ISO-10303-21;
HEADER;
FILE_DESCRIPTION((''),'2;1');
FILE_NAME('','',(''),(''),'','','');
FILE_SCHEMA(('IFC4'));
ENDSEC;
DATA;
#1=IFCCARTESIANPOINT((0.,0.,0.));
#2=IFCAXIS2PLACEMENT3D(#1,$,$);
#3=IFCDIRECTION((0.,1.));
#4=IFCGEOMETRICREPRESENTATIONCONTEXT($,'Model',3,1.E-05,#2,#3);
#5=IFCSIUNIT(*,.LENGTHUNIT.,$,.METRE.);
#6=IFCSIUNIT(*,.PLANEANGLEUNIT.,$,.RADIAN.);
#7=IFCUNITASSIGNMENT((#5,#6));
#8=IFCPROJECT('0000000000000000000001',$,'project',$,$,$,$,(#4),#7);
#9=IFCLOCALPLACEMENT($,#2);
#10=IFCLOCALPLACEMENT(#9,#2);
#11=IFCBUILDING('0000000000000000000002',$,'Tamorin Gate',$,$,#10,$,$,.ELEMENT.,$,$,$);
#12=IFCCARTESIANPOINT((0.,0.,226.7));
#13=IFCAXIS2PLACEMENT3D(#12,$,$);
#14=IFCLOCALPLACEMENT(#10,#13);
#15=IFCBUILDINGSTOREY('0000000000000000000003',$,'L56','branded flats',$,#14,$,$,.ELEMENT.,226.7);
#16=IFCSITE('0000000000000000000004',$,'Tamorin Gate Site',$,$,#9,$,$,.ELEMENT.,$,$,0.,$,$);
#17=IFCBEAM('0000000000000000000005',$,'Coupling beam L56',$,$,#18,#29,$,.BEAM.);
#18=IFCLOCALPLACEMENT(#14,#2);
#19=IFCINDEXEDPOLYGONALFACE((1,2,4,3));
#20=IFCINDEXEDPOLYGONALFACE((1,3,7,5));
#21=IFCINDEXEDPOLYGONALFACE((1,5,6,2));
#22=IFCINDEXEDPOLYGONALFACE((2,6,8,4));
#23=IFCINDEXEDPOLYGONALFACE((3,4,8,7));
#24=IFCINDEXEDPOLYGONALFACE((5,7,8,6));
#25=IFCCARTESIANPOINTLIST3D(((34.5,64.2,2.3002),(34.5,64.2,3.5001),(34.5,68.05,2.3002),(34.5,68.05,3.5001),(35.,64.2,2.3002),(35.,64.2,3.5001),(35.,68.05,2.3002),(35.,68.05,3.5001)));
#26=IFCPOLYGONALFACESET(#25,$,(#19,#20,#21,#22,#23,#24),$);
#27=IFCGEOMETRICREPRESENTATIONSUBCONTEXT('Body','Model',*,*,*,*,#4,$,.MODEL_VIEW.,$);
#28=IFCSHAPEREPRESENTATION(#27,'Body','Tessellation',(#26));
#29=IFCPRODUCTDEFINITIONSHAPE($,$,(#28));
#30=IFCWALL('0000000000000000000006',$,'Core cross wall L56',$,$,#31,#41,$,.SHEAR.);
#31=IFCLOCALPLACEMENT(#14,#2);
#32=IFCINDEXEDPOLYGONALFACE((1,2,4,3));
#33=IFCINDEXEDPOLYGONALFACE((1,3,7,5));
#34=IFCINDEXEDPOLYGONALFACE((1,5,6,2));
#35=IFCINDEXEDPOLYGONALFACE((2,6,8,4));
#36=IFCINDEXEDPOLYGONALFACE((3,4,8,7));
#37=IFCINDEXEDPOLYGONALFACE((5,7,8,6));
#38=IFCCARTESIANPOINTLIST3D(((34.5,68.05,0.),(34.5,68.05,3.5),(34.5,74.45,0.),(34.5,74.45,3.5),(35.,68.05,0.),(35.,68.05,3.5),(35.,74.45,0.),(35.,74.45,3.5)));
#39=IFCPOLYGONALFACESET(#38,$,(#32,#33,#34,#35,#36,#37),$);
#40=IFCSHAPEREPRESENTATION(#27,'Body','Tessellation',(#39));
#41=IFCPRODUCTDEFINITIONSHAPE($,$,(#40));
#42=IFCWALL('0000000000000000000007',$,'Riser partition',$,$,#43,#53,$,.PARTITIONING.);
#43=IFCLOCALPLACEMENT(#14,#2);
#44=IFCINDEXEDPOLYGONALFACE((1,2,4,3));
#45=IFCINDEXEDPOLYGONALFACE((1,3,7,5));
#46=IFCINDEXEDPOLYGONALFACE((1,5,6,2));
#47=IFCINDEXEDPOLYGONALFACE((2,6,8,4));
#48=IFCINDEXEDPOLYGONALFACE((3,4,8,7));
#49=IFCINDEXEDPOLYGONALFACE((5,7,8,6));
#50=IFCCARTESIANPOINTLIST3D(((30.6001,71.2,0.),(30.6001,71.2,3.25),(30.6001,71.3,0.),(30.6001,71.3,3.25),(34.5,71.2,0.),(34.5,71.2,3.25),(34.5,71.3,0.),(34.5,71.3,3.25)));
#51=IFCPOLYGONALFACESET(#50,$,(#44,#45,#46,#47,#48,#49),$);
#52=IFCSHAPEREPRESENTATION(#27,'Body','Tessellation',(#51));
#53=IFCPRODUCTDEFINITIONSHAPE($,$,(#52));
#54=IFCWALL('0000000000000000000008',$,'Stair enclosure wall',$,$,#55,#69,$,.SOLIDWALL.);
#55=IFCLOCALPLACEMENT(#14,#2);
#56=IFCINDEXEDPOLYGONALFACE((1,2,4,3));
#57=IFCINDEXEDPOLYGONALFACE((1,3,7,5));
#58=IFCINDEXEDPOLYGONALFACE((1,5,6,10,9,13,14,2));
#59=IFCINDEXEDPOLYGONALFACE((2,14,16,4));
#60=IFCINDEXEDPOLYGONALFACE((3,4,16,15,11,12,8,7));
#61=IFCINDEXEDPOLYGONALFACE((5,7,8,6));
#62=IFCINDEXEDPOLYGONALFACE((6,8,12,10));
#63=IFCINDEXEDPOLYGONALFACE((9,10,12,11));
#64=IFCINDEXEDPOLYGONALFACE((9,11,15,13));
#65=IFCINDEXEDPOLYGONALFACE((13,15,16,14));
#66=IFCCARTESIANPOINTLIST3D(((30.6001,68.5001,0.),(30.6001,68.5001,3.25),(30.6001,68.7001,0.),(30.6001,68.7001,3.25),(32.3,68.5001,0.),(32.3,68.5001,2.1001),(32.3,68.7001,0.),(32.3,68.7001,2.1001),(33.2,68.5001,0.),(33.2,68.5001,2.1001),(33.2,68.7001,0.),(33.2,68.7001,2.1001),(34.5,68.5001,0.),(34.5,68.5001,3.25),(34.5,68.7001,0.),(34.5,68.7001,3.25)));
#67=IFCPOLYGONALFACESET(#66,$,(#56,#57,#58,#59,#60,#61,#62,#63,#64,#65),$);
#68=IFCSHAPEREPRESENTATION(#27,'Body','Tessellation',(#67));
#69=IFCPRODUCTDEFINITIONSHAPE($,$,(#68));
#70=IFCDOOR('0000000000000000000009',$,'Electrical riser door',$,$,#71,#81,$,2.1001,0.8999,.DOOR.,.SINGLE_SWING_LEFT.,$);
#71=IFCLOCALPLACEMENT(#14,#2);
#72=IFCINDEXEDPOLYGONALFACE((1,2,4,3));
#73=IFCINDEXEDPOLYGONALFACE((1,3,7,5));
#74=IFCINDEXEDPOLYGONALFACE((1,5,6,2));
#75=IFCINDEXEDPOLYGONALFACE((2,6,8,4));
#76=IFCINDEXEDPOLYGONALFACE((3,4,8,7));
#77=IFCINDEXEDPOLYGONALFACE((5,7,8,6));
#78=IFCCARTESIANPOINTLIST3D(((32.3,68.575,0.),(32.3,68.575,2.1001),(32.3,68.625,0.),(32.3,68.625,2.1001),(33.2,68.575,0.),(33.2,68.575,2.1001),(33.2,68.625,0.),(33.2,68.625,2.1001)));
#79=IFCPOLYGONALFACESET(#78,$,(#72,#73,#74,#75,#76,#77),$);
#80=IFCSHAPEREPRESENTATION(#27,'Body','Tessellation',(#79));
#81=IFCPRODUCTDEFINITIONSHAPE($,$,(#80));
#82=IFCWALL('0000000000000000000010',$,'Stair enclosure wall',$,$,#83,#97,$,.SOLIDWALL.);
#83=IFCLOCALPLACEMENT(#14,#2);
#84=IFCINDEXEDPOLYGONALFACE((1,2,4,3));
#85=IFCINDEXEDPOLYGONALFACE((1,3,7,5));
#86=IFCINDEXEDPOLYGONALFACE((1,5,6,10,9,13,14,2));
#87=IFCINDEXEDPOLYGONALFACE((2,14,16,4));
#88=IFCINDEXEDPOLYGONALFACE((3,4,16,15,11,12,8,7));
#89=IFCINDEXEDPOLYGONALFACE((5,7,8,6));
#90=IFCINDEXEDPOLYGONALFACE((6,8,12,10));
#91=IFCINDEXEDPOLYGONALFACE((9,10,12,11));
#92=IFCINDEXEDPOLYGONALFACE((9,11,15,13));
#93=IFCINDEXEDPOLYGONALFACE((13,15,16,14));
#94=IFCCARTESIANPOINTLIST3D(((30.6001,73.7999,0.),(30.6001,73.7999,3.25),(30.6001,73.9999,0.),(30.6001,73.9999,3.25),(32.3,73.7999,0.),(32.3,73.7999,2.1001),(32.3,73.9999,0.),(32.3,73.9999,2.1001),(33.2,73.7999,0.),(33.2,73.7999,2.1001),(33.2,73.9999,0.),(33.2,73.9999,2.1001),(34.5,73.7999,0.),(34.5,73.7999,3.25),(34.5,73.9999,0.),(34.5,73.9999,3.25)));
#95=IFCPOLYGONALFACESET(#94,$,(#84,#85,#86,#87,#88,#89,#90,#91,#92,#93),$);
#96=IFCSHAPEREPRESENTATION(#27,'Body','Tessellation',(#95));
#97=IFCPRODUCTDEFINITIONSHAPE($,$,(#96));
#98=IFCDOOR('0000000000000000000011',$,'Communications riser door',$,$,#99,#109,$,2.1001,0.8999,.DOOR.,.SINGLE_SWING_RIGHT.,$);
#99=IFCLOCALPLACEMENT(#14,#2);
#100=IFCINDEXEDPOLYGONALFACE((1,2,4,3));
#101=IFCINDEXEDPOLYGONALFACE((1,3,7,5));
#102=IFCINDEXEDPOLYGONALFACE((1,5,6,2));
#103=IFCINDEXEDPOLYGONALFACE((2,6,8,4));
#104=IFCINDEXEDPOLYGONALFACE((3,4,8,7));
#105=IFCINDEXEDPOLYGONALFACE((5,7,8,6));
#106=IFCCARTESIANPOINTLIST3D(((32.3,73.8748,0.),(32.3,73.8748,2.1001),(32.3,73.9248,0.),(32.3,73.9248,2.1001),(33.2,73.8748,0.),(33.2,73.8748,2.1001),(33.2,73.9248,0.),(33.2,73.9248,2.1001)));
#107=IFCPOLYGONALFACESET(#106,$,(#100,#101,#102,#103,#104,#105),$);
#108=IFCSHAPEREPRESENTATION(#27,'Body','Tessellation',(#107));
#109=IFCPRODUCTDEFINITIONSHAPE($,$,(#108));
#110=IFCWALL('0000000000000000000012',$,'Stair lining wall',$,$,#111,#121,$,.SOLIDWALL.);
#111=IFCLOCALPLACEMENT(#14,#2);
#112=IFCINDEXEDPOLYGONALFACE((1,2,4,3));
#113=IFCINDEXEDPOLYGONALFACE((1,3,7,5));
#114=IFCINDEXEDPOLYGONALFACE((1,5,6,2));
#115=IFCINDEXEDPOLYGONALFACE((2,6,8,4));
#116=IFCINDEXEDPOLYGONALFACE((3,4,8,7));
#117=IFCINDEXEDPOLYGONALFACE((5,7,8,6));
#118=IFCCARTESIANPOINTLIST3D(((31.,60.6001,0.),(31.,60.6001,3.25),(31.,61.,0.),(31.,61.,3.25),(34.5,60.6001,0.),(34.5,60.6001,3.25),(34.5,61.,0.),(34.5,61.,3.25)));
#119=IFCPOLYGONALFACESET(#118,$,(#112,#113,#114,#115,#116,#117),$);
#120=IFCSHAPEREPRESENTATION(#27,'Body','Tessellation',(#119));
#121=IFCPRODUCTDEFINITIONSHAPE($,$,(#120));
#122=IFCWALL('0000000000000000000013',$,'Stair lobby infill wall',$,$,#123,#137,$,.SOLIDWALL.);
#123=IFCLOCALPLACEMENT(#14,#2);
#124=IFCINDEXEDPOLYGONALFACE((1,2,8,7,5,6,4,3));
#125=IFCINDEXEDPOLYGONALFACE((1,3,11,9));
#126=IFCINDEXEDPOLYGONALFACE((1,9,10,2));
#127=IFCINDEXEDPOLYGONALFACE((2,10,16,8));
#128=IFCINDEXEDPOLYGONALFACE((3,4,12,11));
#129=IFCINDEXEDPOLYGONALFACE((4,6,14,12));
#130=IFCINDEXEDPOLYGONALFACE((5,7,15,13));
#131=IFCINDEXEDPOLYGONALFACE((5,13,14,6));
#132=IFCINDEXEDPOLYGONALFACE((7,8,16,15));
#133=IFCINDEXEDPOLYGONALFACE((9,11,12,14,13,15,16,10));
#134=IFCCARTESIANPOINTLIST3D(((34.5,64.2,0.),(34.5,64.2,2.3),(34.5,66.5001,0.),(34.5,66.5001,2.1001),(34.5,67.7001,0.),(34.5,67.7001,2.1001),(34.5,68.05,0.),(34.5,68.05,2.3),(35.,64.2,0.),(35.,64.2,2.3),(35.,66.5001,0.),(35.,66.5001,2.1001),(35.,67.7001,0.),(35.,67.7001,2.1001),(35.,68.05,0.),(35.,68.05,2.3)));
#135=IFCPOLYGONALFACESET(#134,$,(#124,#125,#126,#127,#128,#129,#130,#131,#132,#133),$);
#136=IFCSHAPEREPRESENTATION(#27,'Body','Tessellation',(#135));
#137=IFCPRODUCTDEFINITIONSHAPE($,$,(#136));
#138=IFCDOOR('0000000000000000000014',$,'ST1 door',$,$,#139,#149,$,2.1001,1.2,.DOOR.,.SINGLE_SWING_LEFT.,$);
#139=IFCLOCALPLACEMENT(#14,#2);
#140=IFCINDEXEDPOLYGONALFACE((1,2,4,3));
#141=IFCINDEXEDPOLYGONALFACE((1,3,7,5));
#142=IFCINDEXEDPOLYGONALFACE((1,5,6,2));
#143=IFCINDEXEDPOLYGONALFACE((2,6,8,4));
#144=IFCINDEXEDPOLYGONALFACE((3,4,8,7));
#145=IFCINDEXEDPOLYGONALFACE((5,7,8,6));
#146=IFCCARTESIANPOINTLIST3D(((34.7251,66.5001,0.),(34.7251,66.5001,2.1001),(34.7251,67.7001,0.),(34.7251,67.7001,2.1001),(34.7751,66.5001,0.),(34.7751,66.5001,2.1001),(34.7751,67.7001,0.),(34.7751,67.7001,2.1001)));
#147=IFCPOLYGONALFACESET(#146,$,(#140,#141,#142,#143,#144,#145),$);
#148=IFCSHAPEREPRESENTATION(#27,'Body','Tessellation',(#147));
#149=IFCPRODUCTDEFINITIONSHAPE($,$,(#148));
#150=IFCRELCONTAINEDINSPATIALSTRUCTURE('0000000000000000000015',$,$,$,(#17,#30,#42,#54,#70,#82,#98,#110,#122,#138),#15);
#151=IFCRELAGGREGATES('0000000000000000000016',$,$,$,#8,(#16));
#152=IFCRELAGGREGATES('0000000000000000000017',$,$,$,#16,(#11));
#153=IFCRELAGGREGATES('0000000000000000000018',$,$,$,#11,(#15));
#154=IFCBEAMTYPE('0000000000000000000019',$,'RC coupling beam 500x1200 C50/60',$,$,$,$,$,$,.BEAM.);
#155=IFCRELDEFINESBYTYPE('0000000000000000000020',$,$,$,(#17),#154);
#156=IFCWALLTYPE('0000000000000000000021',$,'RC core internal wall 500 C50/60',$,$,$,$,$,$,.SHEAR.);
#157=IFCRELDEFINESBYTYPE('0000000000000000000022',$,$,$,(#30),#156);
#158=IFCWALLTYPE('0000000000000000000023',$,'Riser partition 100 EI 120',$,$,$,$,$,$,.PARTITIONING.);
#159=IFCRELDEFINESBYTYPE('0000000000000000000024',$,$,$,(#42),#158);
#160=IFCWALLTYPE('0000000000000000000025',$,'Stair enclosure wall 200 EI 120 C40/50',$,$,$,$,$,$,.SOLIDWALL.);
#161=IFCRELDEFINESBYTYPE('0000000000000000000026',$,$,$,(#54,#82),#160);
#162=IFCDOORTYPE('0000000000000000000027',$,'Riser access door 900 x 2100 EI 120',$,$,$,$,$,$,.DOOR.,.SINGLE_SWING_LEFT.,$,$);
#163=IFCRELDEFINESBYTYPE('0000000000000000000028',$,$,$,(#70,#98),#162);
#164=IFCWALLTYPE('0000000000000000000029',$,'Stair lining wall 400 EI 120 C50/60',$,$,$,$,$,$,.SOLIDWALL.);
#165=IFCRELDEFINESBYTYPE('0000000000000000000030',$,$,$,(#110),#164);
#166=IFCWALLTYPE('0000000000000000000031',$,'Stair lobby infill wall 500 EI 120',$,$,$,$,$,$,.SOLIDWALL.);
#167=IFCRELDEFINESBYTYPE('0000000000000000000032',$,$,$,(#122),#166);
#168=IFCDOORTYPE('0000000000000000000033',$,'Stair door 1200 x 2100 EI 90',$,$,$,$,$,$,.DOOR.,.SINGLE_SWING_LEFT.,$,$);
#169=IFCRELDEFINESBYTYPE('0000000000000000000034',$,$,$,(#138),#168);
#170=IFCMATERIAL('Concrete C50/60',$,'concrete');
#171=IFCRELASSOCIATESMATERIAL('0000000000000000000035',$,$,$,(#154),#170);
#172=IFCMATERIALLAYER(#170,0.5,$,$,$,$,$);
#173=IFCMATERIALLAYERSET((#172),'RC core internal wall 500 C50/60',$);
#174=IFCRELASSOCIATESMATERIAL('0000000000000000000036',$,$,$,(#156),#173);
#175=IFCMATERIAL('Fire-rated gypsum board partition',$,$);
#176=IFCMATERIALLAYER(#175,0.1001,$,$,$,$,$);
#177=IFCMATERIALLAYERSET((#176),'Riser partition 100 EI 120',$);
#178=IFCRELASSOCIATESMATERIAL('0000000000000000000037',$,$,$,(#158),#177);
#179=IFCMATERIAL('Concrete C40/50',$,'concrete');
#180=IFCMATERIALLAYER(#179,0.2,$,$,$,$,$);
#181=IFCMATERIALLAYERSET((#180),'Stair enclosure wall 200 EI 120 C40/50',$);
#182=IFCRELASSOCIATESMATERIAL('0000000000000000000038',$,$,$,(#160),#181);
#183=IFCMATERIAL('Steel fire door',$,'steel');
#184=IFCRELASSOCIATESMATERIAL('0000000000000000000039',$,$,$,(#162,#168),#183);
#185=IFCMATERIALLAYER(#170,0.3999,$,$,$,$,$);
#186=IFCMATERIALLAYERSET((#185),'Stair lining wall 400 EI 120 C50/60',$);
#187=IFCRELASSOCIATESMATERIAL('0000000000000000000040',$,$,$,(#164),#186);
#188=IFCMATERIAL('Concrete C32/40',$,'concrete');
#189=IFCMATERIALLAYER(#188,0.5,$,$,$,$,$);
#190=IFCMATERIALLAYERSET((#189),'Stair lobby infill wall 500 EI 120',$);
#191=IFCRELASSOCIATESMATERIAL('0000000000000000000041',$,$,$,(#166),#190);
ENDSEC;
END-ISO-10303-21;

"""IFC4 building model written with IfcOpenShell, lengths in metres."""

from ifc_helpers import new_model, si_unit, direction, frame, frame_2d, origin, origin_2d, place, context, subcontext, project, spatial, rectangle, extrude, material, layer, layer_set, material_profile, profile_set, type_object, element, fill, save


model = new_model("IFC4")

# Units and contexts
model_context = context("Model", 3, precision=1e-05, world=origin(), true_north=direction((0.0, 1.0)))
body_context = subcontext(model_context, "Body", "Model", "MODEL_VIEW")
ifc_project = project(units=[si_unit("LENGTHUNIT", "METRE"), si_unit("PLANEANGLEUNIT", "RADIAN")], contexts=[model_context])

# Site, building, storey
site_placement = place(None, origin())
site = spatial("IfcSite", under=ifc_project, at=site_placement, Name="Tamorin Gate Site", CompositionType="ELEMENT", RefElevation=0.0)
building_placement = place(site_placement, origin())
building = spatial("IfcBuilding", under=site, at=building_placement, Name="Tamorin Gate", CompositionType="ELEMENT")
storey_placement = place(building_placement, frame((0.0, 0.0, 226.7)))
storey = spatial("IfcBuildingStorey", under=building, at=storey_placement, Name="L56", Description="branded flats", CompositionType="ELEMENT", Elevation=226.7)

# Beam
ifc_material_1 = material(Name="Concrete C50/60", Category="concrete")
ifc_material_profile = material_profile(ifc_material_1, rectangle(XDim=0.5, YDim=1.2, at=origin_2d()), Name="RC 500x1200")
ifc_profile_set = profile_set([ifc_material_profile], Name="Concrete C50/60")
beam_type = type_object("IfcBeamType", Name="RC coupling beam 500x1200 C50/60", PredefinedType="BEAM", material=ifc_profile_set)
beam_placement = place(storey_placement, frame((34.75, 64.2, 2.9001), z_axis=(0.0, 1.0, 0.0), x_axis=(-1.0, 0.0, 0.0)))
element("IfcBeam", 1, at=beam_placement, inside=storey, type_object=beam_type, Name="Coupling beam L56", PredefinedType="BEAM", context=body_context, shape_type="SweptSolid", body=[
    extrude(rectangle(XDim=0.5, YDim=1.2, at=origin_2d()), origin(), (0.0, 0.0, 1.0), 3.8501),
])

# Walls
ifc_layer_1 = layer(ifc_material_1, 0.5)
ifc_layer_set_1 = layer_set([ifc_layer_1], Name="RC core internal wall 500 C50/60")
wall_type_1 = type_object("IfcWallType", Name="RC core internal wall 500 C50/60", PredefinedType="SHEAR", material=ifc_layer_set_1)
wall_1_placement = place(storey_placement, frame((34.75, 68.05, 0.0), z_axis=(0.0, 0.0, 1.0), x_axis=(0.0, 1.0, 0.0)))
element("IfcWall", 2, at=wall_1_placement, inside=storey, type_object=wall_type_1, Name="Core cross wall L56", PredefinedType="SHEAR", context=body_context, shape_type="SweptSolid", body=[
    extrude(rectangle(XDim=6.3999, YDim=0.5, at=frame_2d((3.2, 0.0))), origin(), (0.0, 0.0, 1.0), 3.5),
])
ifc_material_2 = material(Name="Fire-rated gypsum board partition")
ifc_layer_2 = layer(ifc_material_2, 0.1001)
ifc_layer_set_2 = layer_set([ifc_layer_2], Name="Riser partition 100 EI 120")
wall_type_2 = type_object("IfcWallType", Name="Riser partition 100 EI 120", PredefinedType="PARTITIONING", material=ifc_layer_set_2)
wall_2_placement = place(storey_placement, frame((30.6001, 71.25, 0.0), z_axis=(0.0, 0.0, 1.0), x_axis=(1.0, 0.0, 0.0)))
element("IfcWall", 3, at=wall_2_placement, inside=storey, type_object=wall_type_2, Name="Riser partition", PredefinedType="PARTITIONING", context=body_context, shape_type="SweptSolid", body=[
    extrude(rectangle(XDim=3.8999, YDim=0.1001, at=frame_2d((1.95, 0.0))), origin(), (0.0, 0.0, 1.0), 3.25),
])

# Walls, openings, doors
ifc_material_3 = material(Name="Concrete C40/50", Category="concrete")
ifc_layer_3 = layer(ifc_material_3, 0.2)
ifc_layer_set_3 = layer_set([ifc_layer_3], Name="Stair enclosure wall 200 EI 120 C40/50")
wall_type_3 = type_object("IfcWallType", Name="Stair enclosure wall 200 EI 120 C40/50", PredefinedType="SOLIDWALL", material=ifc_layer_set_3)
wall_3_placement = place(storey_placement, frame((30.6001, 68.6001, 0.0), z_axis=(0.0, 0.0, 1.0), x_axis=(1.0, 0.0, 0.0)))
wall_3 = element("IfcWall", 4, at=wall_3_placement, inside=storey, type_object=wall_type_3, Name="Stair enclosure wall", PredefinedType="SOLIDWALL", context=body_context, shape_type="SweptSolid", body=[
    extrude(rectangle(XDim=3.8999, YDim=0.2, at=frame_2d((1.95, 0.0))), origin(), (0.0, 0.0, 1.0), 3.25),
])
opening_1_placement = place(wall_3_placement, frame((1.7, 0.0, 0.0)))
opening_1 = element("IfcOpeningElement", 5, at=opening_1_placement, cuts=wall_3, PredefinedType="OPENING", context=body_context, shape_type="SweptSolid", body=[
    extrude(rectangle(XDim=0.8999, YDim=2.1001, at=frame_2d((0.45, 1.05))), frame((0.0, 0.1099, 0.0), z_axis=(0.0, -1.0, 0.0), x_axis=(1.0, 0.0, 0.0)), (0.0, 0.0, 1.0), 0.22),
])
ifc_material_4 = material(Name="Steel fire door", Category="steel")
door_type_1 = type_object("IfcDoorType", Name="Riser access door 900 x 2100 EI 120", OperationType="SINGLE_SWING_LEFT", PredefinedType="DOOR", material=ifc_material_4)
door_1_placement = place(opening_1_placement, origin())
door_1 = element("IfcDoor", 6, at=door_1_placement, inside=storey, type_object=door_type_1, Name="Electrical riser door", OperationType="SINGLE_SWING_LEFT", OverallHeight=2.1001, OverallWidth=0.8999, PredefinedType="DOOR", context=body_context, shape_type="SweptSolid", body=[
    extrude(rectangle(XDim=0.8999, YDim=2.1001, at=frame_2d((0.45, 1.05))), frame((0.0, 0.0249, 0.0), z_axis=(0.0, -1.0, 0.0), x_axis=(1.0, 0.0, 0.0)), (0.0, 0.0, 1.0), 0.05),
])
fill(opening_1, door_1)
wall_4_placement = place(storey_placement, frame((30.6001, 73.8999, 0.0), z_axis=(0.0, 0.0, 1.0), x_axis=(1.0, 0.0, 0.0)))
wall_4 = element("IfcWall", 7, at=wall_4_placement, inside=storey, type_object=wall_type_3, Name="Stair enclosure wall", PredefinedType="SOLIDWALL", context=body_context, shape_type="SweptSolid", body=[
    extrude(rectangle(XDim=3.8999, YDim=0.2, at=frame_2d((1.95, 0.0))), origin(), (0.0, 0.0, 1.0), 3.25),
])
opening_2_placement = place(wall_4_placement, frame((1.7, 0.0, 0.0)))
opening_2 = element("IfcOpeningElement", 8, at=opening_2_placement, cuts=wall_4, PredefinedType="OPENING", context=body_context, shape_type="SweptSolid", body=[
    extrude(rectangle(XDim=0.8999, YDim=2.1001, at=frame_2d((0.45, 1.05))), frame((0.0, 0.1099, 0.0), z_axis=(0.0, -1.0, 0.0), x_axis=(1.0, 0.0, 0.0)), (0.0, 0.0, 1.0), 0.22),
])
door_2_placement = place(opening_2_placement, origin())
door_2 = element("IfcDoor", 9, at=door_2_placement, inside=storey, type_object=door_type_1, Name="Communications riser door", OperationType="SINGLE_SWING_RIGHT", OverallHeight=2.1001, OverallWidth=0.8999, PredefinedType="DOOR", context=body_context, shape_type="SweptSolid", body=[
    extrude(rectangle(XDim=0.8999, YDim=2.1001, at=frame_2d((0.45, 1.05))), frame((0.0, 0.0249, 0.0), z_axis=(0.0, -1.0, 0.0), x_axis=(1.0, 0.0, 0.0)), (0.0, 0.0, 1.0), 0.05),
])
fill(opening_2, door_2)

# Wall
ifc_layer_4 = layer(ifc_material_1, 0.3999)
ifc_layer_set_4 = layer_set([ifc_layer_4], Name="Stair lining wall 400 EI 120 C50/60")
wall_type_4 = type_object("IfcWallType", Name="Stair lining wall 400 EI 120 C50/60", PredefinedType="SOLIDWALL", material=ifc_layer_set_4)
wall_5_placement = place(storey_placement, frame((31.0, 60.8, 0.0), z_axis=(0.0, 0.0, 1.0), x_axis=(1.0, 0.0, 0.0)))
element("IfcWall", 10, at=wall_5_placement, inside=storey, type_object=wall_type_4, Name="Stair lining wall", PredefinedType="SOLIDWALL", context=body_context, shape_type="SweptSolid", body=[
    extrude(rectangle(XDim=3.5, YDim=0.3999, at=frame_2d((1.75, 0.0))), origin(), (0.0, 0.0, 1.0), 3.25),
])

# Wall, opening, door
ifc_material_5 = material(Name="Concrete C32/40", Category="concrete")
ifc_layer_5 = layer(ifc_material_5, 0.5)
ifc_layer_set_5 = layer_set([ifc_layer_5], Name="Stair lobby infill wall 500 EI 120")
wall_type_5 = type_object("IfcWallType", Name="Stair lobby infill wall 500 EI 120", PredefinedType="SOLIDWALL", material=ifc_layer_set_5)
wall_6_placement = place(storey_placement, frame((34.75, 64.2, 0.0), z_axis=(0.0, 0.0, 1.0), x_axis=(0.0, 1.0, 0.0)))
wall_6 = element("IfcWall", 11, at=wall_6_placement, inside=storey, type_object=wall_type_5, Name="Stair lobby infill wall", PredefinedType="SOLIDWALL", context=body_context, shape_type="SweptSolid", body=[
    extrude(rectangle(XDim=3.8501, YDim=0.5, at=frame_2d((1.925, 0.0))), origin(), (0.0, 0.0, 1.0), 2.3),
])
opening_3_placement = place(wall_6_placement, frame((2.3, 0.0, 0.0)))
opening_3 = element("IfcOpeningElement", 12, at=opening_3_placement, cuts=wall_6, PredefinedType="OPENING", context=body_context, shape_type="SweptSolid", body=[
    extrude(rectangle(XDim=1.2, YDim=2.1001, at=frame_2d((0.6001, 1.05))), frame((0.0, 0.26, 0.0), z_axis=(0.0, -1.0, 0.0), x_axis=(1.0, 0.0, 0.0)), (0.0, 0.0, 1.0), 0.52),
])
door_type_2 = type_object("IfcDoorType", Name="Stair door 1200 x 2100 EI 90", OperationType="SINGLE_SWING_LEFT", PredefinedType="DOOR", material=ifc_material_4)
door_3_placement = place(opening_3_placement, origin())
door_3 = element("IfcDoor", 13, at=door_3_placement, inside=storey, type_object=door_type_2, Name="ST1 door", OperationType="SINGLE_SWING_LEFT", OverallHeight=2.1001, OverallWidth=1.2, PredefinedType="DOOR", context=body_context, shape_type="SweptSolid", body=[
    extrude(rectangle(XDim=1.2, YDim=2.1001, at=frame_2d((0.6001, 1.05))), frame((0.0, 0.0249, 0.0), z_axis=(0.0, -1.0, 0.0), x_axis=(1.0, 0.0, 0.0)), (0.0, 0.0, 1.0), 0.05),
])
fill(opening_3, door_3)

save(model, "model.ifc")
